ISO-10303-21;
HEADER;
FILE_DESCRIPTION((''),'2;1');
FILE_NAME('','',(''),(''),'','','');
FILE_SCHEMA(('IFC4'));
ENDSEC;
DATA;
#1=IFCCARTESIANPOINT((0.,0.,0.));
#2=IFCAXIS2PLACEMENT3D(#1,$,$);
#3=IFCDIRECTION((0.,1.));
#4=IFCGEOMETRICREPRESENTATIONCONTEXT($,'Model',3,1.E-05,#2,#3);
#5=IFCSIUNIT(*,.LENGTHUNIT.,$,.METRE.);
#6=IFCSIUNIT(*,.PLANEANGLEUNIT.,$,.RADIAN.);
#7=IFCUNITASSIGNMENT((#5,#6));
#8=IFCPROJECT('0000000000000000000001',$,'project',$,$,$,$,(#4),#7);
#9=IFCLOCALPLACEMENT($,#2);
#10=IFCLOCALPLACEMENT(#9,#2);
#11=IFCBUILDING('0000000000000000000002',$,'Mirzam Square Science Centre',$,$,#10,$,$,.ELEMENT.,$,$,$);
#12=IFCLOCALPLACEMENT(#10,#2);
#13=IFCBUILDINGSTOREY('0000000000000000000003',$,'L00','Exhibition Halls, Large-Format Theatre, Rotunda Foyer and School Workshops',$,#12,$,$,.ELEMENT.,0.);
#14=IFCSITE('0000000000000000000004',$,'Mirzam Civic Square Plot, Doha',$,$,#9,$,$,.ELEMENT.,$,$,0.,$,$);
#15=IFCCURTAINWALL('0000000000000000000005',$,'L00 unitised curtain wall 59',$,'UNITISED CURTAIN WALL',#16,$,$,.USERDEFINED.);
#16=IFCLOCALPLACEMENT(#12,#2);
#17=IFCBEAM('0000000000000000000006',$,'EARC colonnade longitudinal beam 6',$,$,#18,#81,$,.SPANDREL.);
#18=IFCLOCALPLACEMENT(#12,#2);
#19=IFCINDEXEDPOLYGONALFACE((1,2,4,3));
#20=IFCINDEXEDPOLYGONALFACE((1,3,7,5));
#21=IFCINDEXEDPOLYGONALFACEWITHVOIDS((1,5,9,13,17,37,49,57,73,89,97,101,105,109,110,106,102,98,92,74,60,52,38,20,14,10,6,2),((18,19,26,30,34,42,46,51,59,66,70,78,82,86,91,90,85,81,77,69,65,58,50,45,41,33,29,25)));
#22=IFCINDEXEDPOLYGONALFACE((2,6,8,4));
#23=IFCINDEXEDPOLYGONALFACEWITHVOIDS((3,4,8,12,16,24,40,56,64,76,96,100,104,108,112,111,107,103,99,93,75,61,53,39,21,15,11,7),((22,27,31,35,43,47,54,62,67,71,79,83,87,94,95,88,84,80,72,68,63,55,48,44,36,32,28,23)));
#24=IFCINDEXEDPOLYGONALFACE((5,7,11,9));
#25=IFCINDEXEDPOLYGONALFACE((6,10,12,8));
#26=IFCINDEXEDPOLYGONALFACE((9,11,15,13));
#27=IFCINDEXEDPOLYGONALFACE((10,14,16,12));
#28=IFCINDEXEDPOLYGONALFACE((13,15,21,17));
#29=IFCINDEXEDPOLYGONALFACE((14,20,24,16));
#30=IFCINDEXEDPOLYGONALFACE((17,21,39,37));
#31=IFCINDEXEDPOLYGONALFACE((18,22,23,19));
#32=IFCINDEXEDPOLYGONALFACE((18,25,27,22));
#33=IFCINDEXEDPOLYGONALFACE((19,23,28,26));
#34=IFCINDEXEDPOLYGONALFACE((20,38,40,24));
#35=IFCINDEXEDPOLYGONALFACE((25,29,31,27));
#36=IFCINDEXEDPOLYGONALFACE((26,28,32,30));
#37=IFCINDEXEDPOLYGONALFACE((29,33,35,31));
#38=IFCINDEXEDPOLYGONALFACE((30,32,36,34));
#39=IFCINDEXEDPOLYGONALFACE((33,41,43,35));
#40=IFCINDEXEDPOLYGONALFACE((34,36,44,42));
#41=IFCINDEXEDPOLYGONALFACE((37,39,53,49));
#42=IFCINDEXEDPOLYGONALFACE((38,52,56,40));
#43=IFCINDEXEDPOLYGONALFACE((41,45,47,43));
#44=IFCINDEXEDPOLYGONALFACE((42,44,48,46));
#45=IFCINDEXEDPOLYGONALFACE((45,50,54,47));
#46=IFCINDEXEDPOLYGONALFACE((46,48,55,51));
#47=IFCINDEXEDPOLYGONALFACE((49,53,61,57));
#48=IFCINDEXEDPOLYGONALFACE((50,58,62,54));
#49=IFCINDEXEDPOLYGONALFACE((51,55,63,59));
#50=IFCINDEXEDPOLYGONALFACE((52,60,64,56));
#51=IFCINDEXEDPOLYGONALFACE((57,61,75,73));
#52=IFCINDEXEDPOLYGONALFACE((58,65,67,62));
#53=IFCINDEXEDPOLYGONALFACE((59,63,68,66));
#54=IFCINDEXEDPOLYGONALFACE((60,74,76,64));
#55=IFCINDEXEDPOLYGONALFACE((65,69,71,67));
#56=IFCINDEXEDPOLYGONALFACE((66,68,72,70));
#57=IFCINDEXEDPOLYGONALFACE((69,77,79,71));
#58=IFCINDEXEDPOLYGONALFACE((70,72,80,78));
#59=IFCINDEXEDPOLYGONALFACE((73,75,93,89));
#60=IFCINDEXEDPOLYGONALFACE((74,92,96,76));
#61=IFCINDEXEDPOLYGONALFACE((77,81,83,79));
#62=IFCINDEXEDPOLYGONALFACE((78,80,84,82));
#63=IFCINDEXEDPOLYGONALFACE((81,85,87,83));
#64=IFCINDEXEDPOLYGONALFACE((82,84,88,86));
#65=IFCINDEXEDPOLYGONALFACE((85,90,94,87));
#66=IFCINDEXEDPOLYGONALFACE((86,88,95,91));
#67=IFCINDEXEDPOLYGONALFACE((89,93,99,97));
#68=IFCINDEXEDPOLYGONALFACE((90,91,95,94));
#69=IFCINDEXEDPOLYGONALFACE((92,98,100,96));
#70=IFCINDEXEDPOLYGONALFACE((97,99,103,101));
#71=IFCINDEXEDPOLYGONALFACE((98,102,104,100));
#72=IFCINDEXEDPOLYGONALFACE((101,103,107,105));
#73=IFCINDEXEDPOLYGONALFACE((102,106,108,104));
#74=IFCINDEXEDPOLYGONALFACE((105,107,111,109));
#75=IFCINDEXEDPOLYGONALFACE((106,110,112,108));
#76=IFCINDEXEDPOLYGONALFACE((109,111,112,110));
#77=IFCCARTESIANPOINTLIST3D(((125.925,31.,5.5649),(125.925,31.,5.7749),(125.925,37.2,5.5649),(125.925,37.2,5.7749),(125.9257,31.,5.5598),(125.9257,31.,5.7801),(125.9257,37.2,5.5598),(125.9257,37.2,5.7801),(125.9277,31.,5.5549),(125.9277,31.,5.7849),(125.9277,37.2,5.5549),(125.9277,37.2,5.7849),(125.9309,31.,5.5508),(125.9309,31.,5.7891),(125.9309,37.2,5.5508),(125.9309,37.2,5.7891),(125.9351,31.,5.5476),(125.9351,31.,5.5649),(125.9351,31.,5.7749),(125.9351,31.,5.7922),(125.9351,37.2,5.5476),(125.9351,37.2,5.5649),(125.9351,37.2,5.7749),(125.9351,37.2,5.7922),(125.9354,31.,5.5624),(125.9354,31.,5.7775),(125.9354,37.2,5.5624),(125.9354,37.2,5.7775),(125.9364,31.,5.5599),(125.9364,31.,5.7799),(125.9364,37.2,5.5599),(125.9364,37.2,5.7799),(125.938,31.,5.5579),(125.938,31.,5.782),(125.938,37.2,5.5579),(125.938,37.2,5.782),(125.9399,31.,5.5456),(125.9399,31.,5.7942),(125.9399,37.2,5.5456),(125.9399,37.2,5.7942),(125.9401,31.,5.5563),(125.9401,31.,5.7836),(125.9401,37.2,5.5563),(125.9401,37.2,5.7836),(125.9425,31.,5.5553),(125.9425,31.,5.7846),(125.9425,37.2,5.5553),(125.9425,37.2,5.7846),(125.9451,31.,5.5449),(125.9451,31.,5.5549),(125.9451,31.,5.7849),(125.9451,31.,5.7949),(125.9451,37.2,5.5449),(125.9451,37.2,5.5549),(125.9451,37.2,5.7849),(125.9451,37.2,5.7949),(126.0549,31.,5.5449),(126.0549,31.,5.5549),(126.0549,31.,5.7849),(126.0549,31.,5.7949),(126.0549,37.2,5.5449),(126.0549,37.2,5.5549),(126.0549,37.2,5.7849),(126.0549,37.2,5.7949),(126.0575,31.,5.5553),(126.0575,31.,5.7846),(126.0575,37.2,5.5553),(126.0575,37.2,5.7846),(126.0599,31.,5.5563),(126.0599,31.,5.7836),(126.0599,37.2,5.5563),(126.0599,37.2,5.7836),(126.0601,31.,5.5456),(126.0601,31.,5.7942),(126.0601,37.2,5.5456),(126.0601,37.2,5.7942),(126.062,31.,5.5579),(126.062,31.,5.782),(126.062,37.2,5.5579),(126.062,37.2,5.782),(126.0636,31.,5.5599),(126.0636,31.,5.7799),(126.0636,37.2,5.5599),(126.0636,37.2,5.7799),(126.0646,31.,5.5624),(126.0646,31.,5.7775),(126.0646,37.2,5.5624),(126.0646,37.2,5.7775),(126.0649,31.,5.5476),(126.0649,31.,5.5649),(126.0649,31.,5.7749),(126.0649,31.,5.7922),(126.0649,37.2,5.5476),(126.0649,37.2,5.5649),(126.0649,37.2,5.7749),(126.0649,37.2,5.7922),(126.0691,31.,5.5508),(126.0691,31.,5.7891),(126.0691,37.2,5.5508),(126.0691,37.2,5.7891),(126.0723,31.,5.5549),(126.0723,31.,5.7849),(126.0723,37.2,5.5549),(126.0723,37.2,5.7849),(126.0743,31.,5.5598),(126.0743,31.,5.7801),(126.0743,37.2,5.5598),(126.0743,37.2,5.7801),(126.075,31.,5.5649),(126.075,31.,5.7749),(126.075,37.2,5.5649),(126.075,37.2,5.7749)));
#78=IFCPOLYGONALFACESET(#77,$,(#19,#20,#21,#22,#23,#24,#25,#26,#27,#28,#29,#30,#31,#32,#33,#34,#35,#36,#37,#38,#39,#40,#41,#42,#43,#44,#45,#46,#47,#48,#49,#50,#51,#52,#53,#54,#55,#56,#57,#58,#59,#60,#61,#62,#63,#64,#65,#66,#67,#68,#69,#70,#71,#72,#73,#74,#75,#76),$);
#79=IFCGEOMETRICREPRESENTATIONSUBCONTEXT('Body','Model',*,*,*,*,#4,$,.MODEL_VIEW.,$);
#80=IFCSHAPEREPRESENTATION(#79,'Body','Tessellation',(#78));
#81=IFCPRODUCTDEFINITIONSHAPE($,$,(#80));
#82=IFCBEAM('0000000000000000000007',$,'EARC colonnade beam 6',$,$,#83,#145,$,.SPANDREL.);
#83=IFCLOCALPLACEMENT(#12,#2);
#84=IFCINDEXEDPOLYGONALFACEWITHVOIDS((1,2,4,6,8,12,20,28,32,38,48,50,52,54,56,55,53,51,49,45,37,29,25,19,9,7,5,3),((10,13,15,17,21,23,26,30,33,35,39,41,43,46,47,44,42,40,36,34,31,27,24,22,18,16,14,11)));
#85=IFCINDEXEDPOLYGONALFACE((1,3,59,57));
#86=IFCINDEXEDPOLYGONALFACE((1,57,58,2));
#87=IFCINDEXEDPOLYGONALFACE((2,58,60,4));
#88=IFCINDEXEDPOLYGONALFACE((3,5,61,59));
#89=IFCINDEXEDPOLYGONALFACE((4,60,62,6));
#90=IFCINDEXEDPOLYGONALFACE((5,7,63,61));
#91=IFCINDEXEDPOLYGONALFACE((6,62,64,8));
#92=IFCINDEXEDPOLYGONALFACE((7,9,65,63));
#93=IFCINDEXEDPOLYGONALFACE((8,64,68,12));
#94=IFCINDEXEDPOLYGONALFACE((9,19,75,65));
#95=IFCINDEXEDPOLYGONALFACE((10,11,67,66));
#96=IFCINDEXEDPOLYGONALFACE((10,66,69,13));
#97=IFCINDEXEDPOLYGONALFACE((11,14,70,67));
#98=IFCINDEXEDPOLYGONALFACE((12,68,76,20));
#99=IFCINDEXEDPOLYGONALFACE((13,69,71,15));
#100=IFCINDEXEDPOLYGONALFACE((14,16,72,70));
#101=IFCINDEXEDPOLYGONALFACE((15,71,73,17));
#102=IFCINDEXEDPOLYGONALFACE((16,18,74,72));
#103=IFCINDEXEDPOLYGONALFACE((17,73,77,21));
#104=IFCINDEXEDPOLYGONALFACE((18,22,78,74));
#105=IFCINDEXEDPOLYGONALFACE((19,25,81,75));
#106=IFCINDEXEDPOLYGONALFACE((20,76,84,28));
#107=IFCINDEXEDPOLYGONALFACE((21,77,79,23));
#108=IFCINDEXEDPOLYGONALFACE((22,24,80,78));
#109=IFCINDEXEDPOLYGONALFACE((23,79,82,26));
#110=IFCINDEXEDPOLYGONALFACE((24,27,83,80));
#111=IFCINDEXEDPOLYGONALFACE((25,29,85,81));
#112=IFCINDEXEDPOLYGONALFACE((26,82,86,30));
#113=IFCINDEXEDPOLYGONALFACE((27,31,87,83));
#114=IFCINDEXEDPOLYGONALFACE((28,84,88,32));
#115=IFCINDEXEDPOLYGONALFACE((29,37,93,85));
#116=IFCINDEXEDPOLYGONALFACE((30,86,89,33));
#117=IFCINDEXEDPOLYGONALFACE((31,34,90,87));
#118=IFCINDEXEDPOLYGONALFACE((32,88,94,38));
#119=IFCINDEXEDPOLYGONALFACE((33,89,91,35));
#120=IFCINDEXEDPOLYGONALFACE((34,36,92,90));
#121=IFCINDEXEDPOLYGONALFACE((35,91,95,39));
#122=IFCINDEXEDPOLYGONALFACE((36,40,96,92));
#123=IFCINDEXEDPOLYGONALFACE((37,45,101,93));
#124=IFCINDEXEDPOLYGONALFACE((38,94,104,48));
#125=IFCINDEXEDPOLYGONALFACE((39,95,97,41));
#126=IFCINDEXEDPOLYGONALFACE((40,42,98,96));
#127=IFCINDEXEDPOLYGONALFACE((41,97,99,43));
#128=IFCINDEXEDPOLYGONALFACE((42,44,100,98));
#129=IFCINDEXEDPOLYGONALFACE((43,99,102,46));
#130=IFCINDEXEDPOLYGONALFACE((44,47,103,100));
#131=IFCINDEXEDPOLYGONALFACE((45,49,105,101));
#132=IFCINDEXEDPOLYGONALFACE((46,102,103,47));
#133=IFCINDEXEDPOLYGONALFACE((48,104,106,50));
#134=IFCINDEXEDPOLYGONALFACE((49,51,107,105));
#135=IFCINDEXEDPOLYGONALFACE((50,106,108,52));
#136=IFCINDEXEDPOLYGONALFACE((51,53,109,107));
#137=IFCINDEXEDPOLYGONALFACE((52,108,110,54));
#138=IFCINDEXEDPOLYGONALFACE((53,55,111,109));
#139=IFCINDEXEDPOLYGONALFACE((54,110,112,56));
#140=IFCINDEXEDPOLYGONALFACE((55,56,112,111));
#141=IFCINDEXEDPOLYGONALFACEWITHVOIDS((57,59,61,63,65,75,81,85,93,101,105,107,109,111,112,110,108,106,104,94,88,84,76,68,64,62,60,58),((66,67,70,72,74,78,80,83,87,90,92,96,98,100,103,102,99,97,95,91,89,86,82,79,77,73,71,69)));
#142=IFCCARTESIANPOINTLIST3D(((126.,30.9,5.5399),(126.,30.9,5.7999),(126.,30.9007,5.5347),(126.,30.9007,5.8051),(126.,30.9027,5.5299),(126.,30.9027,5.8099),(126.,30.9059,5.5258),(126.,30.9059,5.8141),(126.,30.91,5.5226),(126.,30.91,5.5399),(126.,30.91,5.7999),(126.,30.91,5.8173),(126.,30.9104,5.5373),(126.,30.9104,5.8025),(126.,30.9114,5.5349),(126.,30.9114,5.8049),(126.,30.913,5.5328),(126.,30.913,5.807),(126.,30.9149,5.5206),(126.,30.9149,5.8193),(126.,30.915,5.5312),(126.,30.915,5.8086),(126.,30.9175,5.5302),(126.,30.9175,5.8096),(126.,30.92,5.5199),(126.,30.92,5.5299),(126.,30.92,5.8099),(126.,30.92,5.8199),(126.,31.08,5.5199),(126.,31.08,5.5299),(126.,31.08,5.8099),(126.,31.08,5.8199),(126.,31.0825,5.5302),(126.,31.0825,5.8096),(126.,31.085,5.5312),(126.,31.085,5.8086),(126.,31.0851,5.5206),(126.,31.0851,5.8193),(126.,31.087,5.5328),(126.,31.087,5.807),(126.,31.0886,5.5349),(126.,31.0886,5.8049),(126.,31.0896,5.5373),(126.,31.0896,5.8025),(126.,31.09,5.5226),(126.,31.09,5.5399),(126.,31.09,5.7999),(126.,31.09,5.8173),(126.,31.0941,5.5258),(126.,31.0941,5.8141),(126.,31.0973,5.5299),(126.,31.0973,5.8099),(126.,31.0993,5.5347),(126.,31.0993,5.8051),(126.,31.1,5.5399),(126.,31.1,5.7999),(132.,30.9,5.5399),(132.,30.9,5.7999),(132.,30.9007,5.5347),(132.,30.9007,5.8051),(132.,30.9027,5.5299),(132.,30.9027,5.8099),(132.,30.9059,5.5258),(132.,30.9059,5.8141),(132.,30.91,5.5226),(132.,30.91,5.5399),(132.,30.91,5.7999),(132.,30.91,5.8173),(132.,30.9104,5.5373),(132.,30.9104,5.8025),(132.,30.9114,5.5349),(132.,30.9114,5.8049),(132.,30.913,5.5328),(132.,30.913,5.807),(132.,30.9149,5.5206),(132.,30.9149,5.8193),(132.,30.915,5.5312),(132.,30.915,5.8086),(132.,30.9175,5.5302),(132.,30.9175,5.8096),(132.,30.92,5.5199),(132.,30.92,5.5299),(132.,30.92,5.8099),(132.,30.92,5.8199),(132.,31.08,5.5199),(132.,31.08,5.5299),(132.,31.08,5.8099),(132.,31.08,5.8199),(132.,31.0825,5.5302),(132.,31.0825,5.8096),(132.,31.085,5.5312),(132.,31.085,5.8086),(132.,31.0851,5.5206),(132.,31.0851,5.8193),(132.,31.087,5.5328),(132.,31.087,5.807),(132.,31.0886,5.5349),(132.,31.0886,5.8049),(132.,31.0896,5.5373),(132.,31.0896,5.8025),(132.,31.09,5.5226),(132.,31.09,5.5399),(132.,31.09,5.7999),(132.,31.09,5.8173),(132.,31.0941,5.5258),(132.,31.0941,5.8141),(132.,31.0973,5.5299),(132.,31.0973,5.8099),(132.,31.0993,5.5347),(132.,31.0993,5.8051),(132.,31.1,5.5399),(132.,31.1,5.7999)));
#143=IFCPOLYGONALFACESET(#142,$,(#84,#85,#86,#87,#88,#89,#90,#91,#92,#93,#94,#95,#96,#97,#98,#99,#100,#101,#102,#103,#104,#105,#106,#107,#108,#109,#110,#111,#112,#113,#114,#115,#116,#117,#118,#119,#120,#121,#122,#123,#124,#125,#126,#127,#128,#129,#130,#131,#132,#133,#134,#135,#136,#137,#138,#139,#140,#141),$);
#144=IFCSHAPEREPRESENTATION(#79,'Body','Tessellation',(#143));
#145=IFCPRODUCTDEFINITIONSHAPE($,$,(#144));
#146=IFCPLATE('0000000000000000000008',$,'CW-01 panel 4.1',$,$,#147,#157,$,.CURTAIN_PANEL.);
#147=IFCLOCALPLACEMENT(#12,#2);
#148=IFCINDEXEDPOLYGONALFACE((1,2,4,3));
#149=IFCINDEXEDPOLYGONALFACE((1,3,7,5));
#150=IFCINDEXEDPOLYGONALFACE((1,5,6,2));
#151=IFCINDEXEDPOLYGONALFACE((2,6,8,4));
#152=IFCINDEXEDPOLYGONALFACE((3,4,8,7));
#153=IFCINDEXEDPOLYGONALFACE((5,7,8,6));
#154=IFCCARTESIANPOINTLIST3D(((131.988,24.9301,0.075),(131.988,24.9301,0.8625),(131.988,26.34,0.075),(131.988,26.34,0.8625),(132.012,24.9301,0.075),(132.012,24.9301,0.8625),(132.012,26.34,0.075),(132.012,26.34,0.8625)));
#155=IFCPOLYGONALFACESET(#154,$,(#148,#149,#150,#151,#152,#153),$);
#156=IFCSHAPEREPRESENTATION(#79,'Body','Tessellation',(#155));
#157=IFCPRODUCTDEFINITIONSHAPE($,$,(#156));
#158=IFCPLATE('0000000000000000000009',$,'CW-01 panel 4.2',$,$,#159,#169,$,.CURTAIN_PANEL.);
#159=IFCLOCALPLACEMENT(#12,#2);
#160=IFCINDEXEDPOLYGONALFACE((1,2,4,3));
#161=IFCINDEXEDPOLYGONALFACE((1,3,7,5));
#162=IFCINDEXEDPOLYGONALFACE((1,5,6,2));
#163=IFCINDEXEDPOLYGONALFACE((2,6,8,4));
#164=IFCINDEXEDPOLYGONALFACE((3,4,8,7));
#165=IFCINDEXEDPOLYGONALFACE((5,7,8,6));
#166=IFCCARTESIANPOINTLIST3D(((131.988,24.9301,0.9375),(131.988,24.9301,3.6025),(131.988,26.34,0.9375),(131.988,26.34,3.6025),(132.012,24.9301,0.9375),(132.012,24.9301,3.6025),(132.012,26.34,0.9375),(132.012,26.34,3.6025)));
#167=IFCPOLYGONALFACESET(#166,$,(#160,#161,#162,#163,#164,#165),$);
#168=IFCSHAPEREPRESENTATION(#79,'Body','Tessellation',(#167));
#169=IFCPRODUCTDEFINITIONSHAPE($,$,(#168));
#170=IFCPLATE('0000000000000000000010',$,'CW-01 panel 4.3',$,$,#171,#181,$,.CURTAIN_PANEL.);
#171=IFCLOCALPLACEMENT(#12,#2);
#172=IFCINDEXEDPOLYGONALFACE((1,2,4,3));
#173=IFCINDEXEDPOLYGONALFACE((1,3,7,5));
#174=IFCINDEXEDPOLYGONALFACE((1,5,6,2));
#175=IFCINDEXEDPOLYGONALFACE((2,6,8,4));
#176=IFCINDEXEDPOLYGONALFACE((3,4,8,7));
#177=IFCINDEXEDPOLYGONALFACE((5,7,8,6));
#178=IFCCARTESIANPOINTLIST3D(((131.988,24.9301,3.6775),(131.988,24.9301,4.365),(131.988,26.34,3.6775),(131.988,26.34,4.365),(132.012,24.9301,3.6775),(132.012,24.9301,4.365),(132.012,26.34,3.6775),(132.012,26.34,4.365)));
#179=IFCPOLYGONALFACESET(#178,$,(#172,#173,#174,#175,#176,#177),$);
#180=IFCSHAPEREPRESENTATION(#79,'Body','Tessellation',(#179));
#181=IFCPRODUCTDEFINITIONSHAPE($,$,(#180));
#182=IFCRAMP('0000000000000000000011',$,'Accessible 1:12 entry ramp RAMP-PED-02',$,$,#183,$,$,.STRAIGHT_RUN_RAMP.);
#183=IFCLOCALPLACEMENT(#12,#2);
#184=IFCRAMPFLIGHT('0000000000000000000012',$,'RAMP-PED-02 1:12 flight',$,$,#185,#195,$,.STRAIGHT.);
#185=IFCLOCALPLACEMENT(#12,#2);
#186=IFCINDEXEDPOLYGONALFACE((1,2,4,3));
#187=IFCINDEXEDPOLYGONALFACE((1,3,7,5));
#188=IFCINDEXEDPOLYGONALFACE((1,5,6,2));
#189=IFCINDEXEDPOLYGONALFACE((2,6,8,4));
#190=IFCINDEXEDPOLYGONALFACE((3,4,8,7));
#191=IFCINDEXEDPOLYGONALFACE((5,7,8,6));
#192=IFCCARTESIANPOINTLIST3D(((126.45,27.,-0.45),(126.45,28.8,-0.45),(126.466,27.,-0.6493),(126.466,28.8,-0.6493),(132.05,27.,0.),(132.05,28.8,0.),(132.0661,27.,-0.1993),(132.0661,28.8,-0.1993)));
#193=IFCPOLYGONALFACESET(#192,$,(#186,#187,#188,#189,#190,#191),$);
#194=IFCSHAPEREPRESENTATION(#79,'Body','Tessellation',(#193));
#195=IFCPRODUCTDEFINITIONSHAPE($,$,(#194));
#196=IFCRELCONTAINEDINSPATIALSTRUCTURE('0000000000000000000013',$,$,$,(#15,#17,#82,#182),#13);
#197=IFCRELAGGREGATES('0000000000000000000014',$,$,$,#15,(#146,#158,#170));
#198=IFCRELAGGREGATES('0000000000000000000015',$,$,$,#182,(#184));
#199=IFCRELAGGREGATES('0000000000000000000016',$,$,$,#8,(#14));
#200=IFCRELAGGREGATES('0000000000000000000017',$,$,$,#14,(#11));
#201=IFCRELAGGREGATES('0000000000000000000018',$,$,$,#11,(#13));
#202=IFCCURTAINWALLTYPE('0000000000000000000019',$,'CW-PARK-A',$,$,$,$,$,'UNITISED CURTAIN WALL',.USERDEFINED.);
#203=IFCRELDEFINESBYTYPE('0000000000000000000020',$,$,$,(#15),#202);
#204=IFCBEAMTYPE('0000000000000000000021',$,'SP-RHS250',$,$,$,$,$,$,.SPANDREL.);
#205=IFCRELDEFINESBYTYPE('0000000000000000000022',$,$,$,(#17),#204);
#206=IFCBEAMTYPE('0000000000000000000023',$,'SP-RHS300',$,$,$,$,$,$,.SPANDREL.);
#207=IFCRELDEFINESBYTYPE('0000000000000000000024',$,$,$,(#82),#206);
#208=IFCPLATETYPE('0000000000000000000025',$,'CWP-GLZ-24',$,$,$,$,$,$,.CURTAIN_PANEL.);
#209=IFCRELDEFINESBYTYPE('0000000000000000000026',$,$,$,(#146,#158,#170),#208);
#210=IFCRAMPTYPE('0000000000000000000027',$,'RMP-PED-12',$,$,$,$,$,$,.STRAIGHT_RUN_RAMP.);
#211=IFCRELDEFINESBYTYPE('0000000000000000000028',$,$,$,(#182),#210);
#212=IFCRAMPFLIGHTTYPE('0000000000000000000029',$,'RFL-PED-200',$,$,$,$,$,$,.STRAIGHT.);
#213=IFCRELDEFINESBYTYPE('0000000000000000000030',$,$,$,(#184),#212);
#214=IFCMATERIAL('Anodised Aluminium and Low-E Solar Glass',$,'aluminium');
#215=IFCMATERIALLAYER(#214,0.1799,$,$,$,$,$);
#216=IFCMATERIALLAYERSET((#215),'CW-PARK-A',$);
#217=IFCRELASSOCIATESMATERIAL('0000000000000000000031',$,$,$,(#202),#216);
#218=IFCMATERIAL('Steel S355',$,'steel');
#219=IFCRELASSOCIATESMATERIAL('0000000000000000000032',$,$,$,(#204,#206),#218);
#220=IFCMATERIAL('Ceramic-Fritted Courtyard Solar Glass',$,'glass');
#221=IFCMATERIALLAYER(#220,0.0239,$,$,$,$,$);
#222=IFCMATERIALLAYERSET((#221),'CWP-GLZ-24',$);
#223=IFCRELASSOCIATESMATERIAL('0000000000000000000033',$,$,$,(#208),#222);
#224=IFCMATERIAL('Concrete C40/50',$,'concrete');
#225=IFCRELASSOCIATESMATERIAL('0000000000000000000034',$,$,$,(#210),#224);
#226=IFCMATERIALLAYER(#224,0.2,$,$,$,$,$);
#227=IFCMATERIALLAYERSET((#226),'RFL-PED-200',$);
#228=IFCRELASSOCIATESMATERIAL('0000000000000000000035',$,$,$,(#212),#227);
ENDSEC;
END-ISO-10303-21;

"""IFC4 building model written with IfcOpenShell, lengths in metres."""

from ifc_helpers import new_model, si_unit, direction, frame, origin, origin_2d, place, context, subcontext, project, spatial, polyline, rectangle, hollow_rectangle, outline, extrude, material, layer, layer_set, material_profile, profile_set, type_object, element, aggregate, save


model = new_model("IFC4")

# Units and contexts
model_context = context("Model", 3, precision=1e-05, world=origin(), true_north=direction((0.0, 1.0)))
body_context = subcontext(model_context, "Body", "Model", "MODEL_VIEW")
ifc_project = project(units=[si_unit("LENGTHUNIT", "METRE"), si_unit("PLANEANGLEUNIT", "RADIAN")], contexts=[model_context])

# Site, building, storey
site_placement = place(None, origin())
site = spatial("IfcSite", under=ifc_project, at=site_placement, Name="Mirzam Civic Square Plot, Doha", CompositionType="ELEMENT", RefElevation=0.0)
building_placement = place(site_placement, origin())
building = spatial("IfcBuilding", under=site, at=building_placement, Name="Mirzam Square Science Centre", CompositionType="ELEMENT")
storey_placement = place(building_placement, origin())
storey = spatial("IfcBuildingStorey", under=building, at=storey_placement, Name="L00", Description="Exhibition Halls, Large-Format Theatre, Rotunda Foyer and School Workshops", CompositionType="ELEMENT", Elevation=0.0)

# Shared definitions
ifc_material_1 = material(Name="Steel S355", Category="steel")

# Curtain wall
ifc_material_2 = material(Name="Anodised Aluminium and Low-E Solar Glass", Category="aluminium")
ifc_layer_1 = layer(ifc_material_2, 0.1799)
ifc_layer_set_1 = layer_set([ifc_layer_1], Name="CW-PARK-A")
curtain_wall_type = type_object("IfcCurtainWallType", Name="CW-PARK-A", ElementType="UNITISED CURTAIN WALL", PredefinedType="USERDEFINED", material=ifc_layer_set_1)
curtain_wall_placement = place(storey_placement, origin())
curtain_wall = element("IfcCurtainWall", 1, at=curtain_wall_placement, inside=storey, type_object=curtain_wall_type, Name="L00 unitised curtain wall 59", ObjectType="UNITISED CURTAIN WALL", PredefinedType="USERDEFINED")

# Beams
ifc_material_profile_1 = material_profile(ifc_material_1, hollow_rectangle(XDim=0.1499, YDim=0.25, WallThickness=0.01, InnerFilletRadius=0.01, OuterFilletRadius=0.02, at=origin_2d()), Name="250x150x10.0RHS")
ifc_profile_set_1 = profile_set([ifc_material_profile_1], Name="Steel S355")
beam_type_1 = type_object("IfcBeamType", Name="SP-RHS250", PredefinedType="SPANDREL", material=ifc_profile_set_1)
beam_1_placement = place(storey_placement, frame((126.0, 31.0, 5.6699), z_axis=(0.0, 1.0, 0.0), x_axis=(-1.0, 0.0, 0.0)))
element("IfcBeam", 2, at=beam_1_placement, inside=storey, type_object=beam_type_1, Name="EARC colonnade longitudinal beam 6", PredefinedType="SPANDREL", context=body_context, shape_type="SweptSolid", body=[
    extrude(hollow_rectangle(XDim=0.1499, YDim=0.25, WallThickness=0.01, InnerFilletRadius=0.01, OuterFilletRadius=0.02, at=origin_2d()), origin(), (0.0, 0.0, 1.0), 6.2),
])
ifc_material_profile_2 = material_profile(ifc_material_1, hollow_rectangle(XDim=0.2, YDim=0.3, WallThickness=0.01, InnerFilletRadius=0.01, OuterFilletRadius=0.02, at=origin_2d()), Name="300x200x10.0RHS")
ifc_profile_set_2 = profile_set([ifc_material_profile_2], Name="Steel S355")
beam_type_2 = type_object("IfcBeamType", Name="SP-RHS300", PredefinedType="SPANDREL", material=ifc_profile_set_2)
beam_2_placement = place(storey_placement, frame((126.0, 31.0, 5.6699), z_axis=(1.0, 0.0, 0.0), x_axis=(0.0, 1.0, 0.0)))
element("IfcBeam", 3, at=beam_2_placement, inside=storey, type_object=beam_type_2, Name="EARC colonnade beam 6", PredefinedType="SPANDREL", context=body_context, shape_type="SweptSolid", body=[
    extrude(hollow_rectangle(XDim=0.2, YDim=0.3, WallThickness=0.01, InnerFilletRadius=0.01, OuterFilletRadius=0.02, at=origin_2d()), origin(), (0.0, 0.0, 1.0), 6.0),
])

# Plates
ifc_material_3 = material(Name="Ceramic-Fritted Courtyard Solar Glass", Category="glass")
ifc_layer_2 = layer(ifc_material_3, 0.0239)
ifc_layer_set_2 = layer_set([ifc_layer_2], Name="CWP-GLZ-24")
plate_type = type_object("IfcPlateType", Name="CWP-GLZ-24", PredefinedType="CURTAIN_PANEL", material=ifc_layer_set_2)
plate_1_placement = place(storey_placement, frame((132.0, 25.635, 0.075), z_axis=(0.0, 0.0, 1.0), x_axis=(0.0, -1.0, 0.0)))
plate_1 = element("IfcPlate", 4, at=plate_1_placement, type_object=plate_type, Name="CW-01 panel 4.1", PredefinedType="CURTAIN_PANEL", context=body_context, shape_type="SweptSolid", body=[
    extrude(rectangle(XDim=1.4099, YDim=0.0239, at=origin_2d()), origin(), (0.0, 0.0, 1.0), 0.7876),
])
plate_2_placement = place(storey_placement, frame((132.0, 25.635, 0.9375), z_axis=(0.0, 0.0, 1.0), x_axis=(0.0, -1.0, 0.0)))
plate_2 = element("IfcPlate", 5, at=plate_2_placement, type_object=plate_type, Name="CW-01 panel 4.2", PredefinedType="CURTAIN_PANEL", context=body_context, shape_type="SweptSolid", body=[
    extrude(rectangle(XDim=1.4099, YDim=0.0239, at=origin_2d()), origin(), (0.0, 0.0, 1.0), 2.665),
])
plate_3_placement = place(storey_placement, frame((132.0, 25.635, 3.6775), z_axis=(0.0, 0.0, 1.0), x_axis=(0.0, -1.0, 0.0)))
plate_3 = element("IfcPlate", 6, at=plate_3_placement, type_object=plate_type, Name="CW-01 panel 4.3", PredefinedType="CURTAIN_PANEL", context=body_context, shape_type="SweptSolid", body=[
    extrude(rectangle(XDim=1.4099, YDim=0.0239, at=origin_2d()), origin(), (0.0, 0.0, 1.0), 0.6875),
])
aggregate(curtain_wall, [plate_1, plate_2, plate_3])

# Ramp, ramp flight
ifc_material_4 = material(Name="Concrete C40/50", Category="concrete")
ramp_type = type_object("IfcRampType", Name="RMP-PED-12", PredefinedType="STRAIGHT_RUN_RAMP", material=ifc_material_4)
ramp_placement = place(storey_placement, origin())
ramp = element("IfcRamp", 7, at=ramp_placement, inside=storey, type_object=ramp_type, Name="Accessible 1:12 entry ramp RAMP-PED-02", PredefinedType="STRAIGHT_RUN_RAMP")
ifc_layer_3 = layer(ifc_material_4, 0.2)
ifc_layer_set_3 = layer_set([ifc_layer_3], Name="RFL-PED-200")
ramp_flight_type = type_object("IfcRampFlightType", Name="RFL-PED-200", PredefinedType="STRAIGHT", material=ifc_layer_set_3)
ramp_flight_placement = place(storey_placement, frame((126.45, 27.0, -0.45), z_axis=(-0.080089, 0.0, 0.996788), x_axis=(0.996788, 0.0, 0.080089)))
ramp_flight = element("IfcRampFlight", 8, at=ramp_flight_placement, type_object=ramp_flight_type, Name="RAMP-PED-02 1:12 flight", PredefinedType="STRAIGHT", context=body_context, shape_type="SweptSolid", body=[
    extrude(outline(polyline([(0.0, 0.0), (5.6181, 0.0), (5.6181, 1.8), (0.0, 1.8), (0.0, 0.0)])), origin(), (0.0, 0.0, -1.0), 0.2),
])
aggregate(ramp, [ramp_flight])

save(model, "model.ifc")
